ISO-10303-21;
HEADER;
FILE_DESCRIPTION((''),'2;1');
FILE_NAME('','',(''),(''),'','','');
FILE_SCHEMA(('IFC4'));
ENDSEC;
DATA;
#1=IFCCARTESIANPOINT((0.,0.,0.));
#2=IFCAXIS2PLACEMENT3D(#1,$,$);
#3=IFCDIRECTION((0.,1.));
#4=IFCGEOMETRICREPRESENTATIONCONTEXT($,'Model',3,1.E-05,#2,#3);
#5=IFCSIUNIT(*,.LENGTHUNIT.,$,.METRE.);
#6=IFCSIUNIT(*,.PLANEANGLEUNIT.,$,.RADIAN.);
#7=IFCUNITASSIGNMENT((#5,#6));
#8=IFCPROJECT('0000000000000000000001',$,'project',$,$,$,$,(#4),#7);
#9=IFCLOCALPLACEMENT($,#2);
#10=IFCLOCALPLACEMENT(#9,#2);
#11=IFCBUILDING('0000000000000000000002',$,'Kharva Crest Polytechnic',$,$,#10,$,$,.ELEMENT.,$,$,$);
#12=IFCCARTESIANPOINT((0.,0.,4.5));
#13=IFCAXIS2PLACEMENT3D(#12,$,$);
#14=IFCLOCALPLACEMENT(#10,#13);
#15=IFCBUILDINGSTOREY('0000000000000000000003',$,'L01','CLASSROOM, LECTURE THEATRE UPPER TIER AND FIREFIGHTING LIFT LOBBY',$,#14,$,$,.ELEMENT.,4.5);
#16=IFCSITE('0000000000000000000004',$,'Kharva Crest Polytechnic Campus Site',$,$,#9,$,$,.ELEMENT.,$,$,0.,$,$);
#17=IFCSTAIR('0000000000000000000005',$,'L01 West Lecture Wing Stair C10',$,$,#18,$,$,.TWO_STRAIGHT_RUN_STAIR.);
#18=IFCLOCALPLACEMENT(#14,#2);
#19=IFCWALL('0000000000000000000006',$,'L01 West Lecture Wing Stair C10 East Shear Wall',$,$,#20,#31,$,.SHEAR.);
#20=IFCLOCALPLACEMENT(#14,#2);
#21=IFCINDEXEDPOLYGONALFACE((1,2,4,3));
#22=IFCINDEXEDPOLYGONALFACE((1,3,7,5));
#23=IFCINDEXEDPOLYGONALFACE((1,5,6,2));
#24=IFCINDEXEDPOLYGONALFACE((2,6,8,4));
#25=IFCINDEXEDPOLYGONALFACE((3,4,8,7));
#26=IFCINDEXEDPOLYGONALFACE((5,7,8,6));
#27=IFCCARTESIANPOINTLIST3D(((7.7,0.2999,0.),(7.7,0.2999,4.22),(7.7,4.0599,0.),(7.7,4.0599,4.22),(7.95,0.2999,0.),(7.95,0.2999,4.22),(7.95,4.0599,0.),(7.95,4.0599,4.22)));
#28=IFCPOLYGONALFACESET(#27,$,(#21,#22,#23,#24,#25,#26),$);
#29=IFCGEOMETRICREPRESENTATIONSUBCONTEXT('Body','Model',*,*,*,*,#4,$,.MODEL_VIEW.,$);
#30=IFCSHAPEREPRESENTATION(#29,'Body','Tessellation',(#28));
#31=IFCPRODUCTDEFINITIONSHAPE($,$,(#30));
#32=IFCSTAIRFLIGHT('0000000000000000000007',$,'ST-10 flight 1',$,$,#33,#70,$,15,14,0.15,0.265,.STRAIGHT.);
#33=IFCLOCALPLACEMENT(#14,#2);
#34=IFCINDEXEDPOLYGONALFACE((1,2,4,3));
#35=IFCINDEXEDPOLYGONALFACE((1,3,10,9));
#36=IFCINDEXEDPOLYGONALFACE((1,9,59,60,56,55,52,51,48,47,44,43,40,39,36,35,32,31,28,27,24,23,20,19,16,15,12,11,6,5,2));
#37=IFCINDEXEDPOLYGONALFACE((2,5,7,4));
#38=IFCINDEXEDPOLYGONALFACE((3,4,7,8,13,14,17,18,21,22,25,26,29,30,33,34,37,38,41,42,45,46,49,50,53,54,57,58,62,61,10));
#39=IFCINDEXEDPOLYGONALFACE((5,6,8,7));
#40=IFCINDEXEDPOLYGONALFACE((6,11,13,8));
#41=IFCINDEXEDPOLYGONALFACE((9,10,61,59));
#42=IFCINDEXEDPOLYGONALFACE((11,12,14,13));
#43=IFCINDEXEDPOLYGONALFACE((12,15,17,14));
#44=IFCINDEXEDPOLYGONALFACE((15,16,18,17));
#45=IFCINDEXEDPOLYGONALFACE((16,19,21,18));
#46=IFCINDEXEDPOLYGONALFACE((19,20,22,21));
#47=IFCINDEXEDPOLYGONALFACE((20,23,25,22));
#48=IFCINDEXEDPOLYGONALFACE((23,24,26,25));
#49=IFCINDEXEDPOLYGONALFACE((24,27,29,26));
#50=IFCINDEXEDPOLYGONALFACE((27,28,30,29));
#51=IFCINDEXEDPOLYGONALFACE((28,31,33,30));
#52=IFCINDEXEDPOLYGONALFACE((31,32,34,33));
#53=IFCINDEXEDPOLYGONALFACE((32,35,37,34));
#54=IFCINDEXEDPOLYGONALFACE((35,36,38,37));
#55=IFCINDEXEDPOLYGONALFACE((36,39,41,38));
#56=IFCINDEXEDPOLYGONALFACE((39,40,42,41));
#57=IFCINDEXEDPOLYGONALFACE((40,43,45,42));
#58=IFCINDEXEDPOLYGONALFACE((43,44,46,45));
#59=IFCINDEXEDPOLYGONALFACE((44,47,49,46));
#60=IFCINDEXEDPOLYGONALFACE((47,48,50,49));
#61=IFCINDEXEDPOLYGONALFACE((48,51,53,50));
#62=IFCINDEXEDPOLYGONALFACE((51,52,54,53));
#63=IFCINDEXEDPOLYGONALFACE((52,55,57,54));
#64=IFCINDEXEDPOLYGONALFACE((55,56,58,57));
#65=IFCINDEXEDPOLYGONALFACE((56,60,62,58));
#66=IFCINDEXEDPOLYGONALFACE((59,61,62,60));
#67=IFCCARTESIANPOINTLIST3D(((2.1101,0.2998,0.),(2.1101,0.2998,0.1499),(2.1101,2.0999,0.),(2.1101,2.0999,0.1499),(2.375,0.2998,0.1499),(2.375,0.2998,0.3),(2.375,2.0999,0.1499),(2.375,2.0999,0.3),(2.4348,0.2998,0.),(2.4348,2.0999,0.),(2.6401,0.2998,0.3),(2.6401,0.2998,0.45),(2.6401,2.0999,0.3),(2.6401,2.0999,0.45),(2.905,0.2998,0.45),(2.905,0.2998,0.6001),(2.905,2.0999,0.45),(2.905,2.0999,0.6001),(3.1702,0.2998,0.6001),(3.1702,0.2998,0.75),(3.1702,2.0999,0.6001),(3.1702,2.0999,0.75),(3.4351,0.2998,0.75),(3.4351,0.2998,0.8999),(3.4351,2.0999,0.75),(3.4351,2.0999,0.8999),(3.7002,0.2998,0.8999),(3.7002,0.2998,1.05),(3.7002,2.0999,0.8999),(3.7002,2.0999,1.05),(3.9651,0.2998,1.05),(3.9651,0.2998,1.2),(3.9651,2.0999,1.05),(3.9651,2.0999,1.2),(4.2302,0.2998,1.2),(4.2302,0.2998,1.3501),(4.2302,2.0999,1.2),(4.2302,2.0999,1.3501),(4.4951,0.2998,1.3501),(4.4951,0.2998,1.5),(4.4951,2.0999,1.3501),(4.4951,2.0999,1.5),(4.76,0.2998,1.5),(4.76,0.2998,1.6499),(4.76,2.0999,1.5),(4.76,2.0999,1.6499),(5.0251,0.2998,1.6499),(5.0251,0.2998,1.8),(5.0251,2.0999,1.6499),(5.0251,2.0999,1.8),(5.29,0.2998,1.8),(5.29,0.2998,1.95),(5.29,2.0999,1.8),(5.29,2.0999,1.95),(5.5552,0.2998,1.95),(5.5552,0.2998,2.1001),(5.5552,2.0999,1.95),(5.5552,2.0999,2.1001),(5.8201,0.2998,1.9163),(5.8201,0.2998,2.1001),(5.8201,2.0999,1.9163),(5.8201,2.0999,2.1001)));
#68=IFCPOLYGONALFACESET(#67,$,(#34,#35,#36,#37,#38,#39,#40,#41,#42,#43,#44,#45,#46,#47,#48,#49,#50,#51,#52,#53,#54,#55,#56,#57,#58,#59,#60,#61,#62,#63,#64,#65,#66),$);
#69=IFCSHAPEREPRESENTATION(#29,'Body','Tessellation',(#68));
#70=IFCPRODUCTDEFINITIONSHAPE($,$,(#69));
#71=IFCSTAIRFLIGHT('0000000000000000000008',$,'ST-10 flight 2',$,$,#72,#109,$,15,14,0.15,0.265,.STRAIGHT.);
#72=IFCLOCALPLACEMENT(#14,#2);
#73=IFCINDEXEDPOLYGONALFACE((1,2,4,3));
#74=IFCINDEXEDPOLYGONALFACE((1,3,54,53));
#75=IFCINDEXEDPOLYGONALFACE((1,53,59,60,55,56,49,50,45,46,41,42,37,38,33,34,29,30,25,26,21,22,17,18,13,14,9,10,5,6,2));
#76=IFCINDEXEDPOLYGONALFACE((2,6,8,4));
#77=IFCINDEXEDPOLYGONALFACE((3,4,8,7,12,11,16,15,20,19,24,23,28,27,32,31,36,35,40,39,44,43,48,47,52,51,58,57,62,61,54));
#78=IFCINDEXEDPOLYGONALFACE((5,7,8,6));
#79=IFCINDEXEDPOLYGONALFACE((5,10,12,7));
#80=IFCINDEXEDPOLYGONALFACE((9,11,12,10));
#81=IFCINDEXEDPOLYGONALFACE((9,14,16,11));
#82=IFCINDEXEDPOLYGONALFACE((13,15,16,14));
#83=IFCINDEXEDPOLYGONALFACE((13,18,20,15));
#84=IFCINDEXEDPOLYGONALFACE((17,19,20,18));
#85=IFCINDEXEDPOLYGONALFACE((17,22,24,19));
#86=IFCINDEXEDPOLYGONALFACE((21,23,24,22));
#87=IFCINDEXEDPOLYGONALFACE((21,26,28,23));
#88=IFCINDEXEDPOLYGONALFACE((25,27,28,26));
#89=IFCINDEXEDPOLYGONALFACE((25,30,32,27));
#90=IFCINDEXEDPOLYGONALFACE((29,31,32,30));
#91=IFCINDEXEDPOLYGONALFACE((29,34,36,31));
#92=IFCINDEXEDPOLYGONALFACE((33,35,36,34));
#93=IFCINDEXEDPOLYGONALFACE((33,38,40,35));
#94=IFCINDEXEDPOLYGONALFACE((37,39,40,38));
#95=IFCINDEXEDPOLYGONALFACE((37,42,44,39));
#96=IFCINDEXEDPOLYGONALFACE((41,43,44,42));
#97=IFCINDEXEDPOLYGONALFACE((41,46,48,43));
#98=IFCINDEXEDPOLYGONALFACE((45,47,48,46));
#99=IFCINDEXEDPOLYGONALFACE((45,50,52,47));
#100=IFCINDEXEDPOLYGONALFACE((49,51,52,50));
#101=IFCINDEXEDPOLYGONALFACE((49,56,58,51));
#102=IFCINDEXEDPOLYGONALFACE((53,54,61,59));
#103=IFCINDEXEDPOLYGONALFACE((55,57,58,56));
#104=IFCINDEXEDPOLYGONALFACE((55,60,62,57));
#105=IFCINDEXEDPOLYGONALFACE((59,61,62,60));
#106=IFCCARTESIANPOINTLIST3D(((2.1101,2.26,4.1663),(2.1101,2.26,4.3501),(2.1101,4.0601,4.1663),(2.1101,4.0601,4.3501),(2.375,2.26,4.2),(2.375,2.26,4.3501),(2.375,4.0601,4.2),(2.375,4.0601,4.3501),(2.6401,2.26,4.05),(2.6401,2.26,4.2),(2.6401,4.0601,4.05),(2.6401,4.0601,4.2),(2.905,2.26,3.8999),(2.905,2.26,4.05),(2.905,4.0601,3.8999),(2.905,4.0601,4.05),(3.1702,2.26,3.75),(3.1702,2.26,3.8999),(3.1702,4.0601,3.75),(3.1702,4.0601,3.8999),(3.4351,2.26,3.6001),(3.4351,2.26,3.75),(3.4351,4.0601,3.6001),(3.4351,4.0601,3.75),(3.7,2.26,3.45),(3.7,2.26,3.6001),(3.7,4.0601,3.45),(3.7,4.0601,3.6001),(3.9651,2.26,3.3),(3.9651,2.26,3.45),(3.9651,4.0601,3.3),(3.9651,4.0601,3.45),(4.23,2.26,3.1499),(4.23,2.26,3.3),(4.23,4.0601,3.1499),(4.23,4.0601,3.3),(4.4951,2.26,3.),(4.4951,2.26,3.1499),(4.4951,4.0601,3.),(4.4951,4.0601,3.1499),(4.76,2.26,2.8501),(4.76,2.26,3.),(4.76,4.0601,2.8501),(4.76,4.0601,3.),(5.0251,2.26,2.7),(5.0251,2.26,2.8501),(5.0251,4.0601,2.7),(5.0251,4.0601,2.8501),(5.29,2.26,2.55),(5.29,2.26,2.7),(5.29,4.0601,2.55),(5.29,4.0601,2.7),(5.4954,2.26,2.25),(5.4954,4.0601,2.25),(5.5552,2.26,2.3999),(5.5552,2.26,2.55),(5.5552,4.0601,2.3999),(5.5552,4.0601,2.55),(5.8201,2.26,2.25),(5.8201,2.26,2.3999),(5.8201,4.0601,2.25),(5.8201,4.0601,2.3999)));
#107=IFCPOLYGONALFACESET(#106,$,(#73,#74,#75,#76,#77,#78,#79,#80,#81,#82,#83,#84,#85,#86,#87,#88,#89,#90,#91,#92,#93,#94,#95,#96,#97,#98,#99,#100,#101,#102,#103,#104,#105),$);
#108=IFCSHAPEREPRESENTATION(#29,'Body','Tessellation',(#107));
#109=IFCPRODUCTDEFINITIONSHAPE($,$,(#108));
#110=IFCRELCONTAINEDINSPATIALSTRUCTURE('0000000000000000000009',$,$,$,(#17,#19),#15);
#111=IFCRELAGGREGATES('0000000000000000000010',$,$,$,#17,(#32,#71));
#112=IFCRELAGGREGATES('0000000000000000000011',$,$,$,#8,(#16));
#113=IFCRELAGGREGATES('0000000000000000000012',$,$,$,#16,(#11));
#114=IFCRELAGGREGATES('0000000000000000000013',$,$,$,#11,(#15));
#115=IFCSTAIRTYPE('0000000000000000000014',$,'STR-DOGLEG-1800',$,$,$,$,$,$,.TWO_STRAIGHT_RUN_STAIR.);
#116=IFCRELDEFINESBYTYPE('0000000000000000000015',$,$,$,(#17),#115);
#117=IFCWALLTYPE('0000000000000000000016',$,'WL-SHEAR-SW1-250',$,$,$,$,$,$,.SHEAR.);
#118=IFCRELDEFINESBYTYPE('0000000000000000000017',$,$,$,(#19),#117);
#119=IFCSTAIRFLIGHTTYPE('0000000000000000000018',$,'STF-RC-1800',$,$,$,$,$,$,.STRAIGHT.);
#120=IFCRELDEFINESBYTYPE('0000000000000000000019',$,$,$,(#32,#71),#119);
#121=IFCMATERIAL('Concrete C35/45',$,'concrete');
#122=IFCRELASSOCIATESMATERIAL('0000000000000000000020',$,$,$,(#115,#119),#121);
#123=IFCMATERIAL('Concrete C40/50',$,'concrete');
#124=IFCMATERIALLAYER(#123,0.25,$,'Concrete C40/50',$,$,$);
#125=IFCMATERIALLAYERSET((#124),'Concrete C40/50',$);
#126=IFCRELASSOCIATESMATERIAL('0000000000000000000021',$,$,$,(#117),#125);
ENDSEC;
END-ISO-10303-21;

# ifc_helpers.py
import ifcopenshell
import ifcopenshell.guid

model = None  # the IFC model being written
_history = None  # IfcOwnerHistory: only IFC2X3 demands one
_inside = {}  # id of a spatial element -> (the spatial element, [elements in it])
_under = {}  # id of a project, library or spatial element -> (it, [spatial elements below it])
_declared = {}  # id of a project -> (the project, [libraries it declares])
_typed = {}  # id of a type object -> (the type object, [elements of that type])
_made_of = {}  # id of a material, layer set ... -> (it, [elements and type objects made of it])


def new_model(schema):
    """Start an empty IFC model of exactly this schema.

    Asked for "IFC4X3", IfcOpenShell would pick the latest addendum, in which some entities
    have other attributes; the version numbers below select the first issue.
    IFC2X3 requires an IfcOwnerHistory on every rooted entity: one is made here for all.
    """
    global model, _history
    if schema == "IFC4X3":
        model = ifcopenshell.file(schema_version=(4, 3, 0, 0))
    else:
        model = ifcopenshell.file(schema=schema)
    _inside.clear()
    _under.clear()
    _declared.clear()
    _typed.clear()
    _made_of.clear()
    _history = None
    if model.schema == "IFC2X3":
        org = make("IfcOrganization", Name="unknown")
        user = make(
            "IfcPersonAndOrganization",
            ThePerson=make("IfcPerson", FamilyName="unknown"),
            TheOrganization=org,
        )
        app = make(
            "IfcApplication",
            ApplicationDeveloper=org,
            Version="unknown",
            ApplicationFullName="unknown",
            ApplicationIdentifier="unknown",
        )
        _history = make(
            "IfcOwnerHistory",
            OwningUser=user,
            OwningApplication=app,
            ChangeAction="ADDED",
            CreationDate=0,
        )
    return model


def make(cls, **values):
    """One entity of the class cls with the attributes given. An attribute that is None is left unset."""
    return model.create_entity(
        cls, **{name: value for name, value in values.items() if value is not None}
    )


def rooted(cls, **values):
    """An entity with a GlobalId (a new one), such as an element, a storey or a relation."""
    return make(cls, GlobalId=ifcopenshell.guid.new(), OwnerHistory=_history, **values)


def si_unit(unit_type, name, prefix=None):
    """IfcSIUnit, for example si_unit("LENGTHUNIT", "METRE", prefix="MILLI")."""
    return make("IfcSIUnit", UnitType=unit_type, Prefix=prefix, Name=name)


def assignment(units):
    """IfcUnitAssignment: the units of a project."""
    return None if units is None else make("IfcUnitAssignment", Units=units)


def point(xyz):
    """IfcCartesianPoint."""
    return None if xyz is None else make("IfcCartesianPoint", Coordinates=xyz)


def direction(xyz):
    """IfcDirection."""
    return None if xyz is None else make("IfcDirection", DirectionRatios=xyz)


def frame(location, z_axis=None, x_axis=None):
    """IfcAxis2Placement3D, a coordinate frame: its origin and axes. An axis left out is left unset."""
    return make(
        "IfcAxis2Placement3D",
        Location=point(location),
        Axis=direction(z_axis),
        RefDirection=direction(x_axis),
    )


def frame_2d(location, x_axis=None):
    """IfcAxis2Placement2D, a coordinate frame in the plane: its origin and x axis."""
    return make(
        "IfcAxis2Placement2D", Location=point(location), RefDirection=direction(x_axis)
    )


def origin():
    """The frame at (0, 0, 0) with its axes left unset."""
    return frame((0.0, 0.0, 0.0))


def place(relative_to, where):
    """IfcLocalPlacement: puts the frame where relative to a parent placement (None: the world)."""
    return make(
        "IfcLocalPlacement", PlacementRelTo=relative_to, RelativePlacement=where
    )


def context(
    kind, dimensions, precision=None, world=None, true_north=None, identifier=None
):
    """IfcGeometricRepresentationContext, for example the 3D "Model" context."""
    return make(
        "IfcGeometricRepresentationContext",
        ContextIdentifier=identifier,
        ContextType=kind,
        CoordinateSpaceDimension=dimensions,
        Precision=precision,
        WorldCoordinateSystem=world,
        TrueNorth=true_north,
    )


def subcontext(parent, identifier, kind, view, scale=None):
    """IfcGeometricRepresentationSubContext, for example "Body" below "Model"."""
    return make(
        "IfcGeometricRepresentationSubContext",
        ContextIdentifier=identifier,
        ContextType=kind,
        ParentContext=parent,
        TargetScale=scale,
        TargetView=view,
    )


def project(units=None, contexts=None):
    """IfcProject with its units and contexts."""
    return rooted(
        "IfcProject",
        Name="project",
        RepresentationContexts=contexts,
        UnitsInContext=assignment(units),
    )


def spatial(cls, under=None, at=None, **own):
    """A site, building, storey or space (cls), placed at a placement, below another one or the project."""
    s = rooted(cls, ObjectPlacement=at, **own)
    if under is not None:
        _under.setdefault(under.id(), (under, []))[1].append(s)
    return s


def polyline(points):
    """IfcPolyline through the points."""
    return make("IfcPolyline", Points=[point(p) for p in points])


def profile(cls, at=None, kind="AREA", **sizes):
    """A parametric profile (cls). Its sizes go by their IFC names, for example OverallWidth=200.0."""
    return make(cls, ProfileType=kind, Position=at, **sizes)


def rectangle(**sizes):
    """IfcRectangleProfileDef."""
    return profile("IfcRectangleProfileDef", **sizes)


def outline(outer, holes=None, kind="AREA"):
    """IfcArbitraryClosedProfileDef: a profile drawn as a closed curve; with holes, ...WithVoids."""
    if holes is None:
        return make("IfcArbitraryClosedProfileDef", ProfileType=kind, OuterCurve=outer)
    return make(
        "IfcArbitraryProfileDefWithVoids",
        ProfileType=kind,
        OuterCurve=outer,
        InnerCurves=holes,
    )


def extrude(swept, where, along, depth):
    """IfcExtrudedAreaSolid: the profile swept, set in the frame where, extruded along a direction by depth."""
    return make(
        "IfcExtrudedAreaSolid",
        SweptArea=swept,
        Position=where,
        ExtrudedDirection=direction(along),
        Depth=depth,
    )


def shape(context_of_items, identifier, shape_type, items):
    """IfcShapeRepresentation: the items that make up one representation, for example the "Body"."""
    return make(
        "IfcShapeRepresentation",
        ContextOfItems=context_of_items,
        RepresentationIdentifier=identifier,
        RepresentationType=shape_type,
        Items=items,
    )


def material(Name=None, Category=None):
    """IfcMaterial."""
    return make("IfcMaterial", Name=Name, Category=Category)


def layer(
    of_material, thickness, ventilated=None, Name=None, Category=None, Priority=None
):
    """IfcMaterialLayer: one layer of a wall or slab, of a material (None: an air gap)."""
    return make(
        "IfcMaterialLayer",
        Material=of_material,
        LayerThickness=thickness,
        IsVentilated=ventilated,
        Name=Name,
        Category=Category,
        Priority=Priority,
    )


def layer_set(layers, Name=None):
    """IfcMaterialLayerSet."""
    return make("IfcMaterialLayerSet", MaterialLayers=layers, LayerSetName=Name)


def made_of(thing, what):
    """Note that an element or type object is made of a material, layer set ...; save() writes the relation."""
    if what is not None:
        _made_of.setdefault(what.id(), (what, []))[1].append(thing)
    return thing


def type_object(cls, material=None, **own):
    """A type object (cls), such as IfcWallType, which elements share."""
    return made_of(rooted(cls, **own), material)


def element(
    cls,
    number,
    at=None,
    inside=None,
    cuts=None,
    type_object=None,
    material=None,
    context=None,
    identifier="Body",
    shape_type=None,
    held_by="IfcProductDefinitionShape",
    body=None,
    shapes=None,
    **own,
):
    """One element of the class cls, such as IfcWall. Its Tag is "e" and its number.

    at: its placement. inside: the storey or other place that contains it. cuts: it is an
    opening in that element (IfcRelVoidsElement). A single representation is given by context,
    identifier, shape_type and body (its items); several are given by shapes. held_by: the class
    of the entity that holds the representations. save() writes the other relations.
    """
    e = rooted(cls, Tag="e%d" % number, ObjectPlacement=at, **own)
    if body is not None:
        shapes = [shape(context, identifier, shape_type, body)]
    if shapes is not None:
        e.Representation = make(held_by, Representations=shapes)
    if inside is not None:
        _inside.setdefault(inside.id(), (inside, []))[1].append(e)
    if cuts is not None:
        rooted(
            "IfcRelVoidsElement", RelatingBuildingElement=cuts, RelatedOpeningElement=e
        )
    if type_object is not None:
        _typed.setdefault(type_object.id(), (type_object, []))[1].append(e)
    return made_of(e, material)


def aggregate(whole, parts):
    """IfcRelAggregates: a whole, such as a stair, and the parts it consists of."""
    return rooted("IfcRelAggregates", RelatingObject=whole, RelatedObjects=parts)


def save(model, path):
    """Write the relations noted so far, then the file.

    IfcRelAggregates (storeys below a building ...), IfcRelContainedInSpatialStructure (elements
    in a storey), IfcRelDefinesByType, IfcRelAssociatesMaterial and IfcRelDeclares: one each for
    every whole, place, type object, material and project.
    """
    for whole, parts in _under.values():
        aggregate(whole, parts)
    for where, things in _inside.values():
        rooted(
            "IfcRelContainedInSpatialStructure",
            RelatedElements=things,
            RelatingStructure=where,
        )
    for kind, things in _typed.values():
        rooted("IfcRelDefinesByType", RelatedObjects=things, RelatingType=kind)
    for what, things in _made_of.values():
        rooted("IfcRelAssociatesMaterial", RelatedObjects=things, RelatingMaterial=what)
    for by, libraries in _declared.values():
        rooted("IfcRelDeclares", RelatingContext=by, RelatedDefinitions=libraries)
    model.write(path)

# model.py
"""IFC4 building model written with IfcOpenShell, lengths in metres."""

from ifc_helpers import new_model, si_unit, direction, frame, frame_2d, origin, place, context, subcontext, project, spatial, polyline, rectangle, outline, extrude, material, layer, layer_set, type_object, element, aggregate, save


model = new_model("IFC4")

# Units and contexts
model_context = context("Model", 3, precision=1e-05, world=origin(), true_north=direction((0.0, 1.0)))
body_context = subcontext(model_context, "Body", "Model", "MODEL_VIEW")
ifc_project = project(units=[si_unit("LENGTHUNIT", "METRE"), si_unit("PLANEANGLEUNIT", "RADIAN")], contexts=[model_context])

# Site, building, storey
site_placement = place(None, origin())
site = spatial("IfcSite", under=ifc_project, at=site_placement, Name="Kharva Crest Polytechnic Campus Site", CompositionType="ELEMENT", RefElevation=0.0)
building_placement = place(site_placement, origin())
building = spatial("IfcBuilding", under=site, at=building_placement, Name="Kharva Crest Polytechnic", CompositionType="ELEMENT")
storey_placement = place(building_placement, frame((0.0, 0.0, 4.5)))
storey = spatial("IfcBuildingStorey", under=building, at=storey_placement, Name="L01", Description="CLASSROOM, LECTURE THEATRE UPPER TIER AND FIREFIGHTING LIFT LOBBY", CompositionType="ELEMENT", Elevation=4.5)

# Shared definitions
ifc_material_1 = material(Name="Concrete C40/50", Category="concrete")

# Shared definitions
ifc_material_2 = material(Name="Concrete C35/45", Category="concrete")

# Stair
stair_type_1 = type_object("IfcStairType", Name="STR-DOGLEG-1800", PredefinedType="TWO_STRAIGHT_RUN_STAIR", material=ifc_material_2)
stair_1_placement = place(storey_placement, origin())
stair_1 = element("IfcStair", 1, at=stair_1_placement, inside=storey, type_object=stair_type_1, Name="L01 West Lecture Wing Stair C10", PredefinedType="TWO_STRAIGHT_RUN_STAIR")

# Wall
ifc_layer_1 = layer(ifc_material_1, 0.25, Name="Concrete C40/50")
ifc_layer_set_1 = layer_set([ifc_layer_1], Name="Concrete C40/50")
wall_type_1 = type_object("IfcWallType", Name="WL-SHEAR-SW1-250", PredefinedType="SHEAR", material=ifc_layer_set_1)
wall_1_placement = place(storey_placement, frame((7.825, 0.3, 0.0), z_axis=(0.0, 0.0, 1.0), x_axis=(0.0, 1.0, 0.0)))
element("IfcWall", 2, at=wall_1_placement, inside=storey, type_object=wall_type_1, Name="L01 West Lecture Wing Stair C10 East Shear Wall", PredefinedType="SHEAR", context=body_context, shape_type="SweptSolid", body=[
    extrude(rectangle(XDim=3.76, YDim=0.25, at=frame_2d((1.8799, 0.0))), origin(), (0.0, 0.0, 1.0), 4.22),
])

# Stair flights
stair_flight_type = type_object("IfcStairFlightType", Name="STF-RC-1800", PredefinedType="STRAIGHT", material=ifc_material_2)
stair_flight_1_placement = place(storey_placement, frame((2.1101, 1.2, 0.0), z_axis=(0.0, 0.0, 1.0), x_axis=(1.0, 0.0, 0.0)))
stair_flight_1 = element("IfcStairFlight", 3, at=stair_flight_1_placement, type_object=stair_flight_type, Name="ST-10 flight 1", NumberOfRisers=15, NumberOfTreads=14, PredefinedType="STRAIGHT", RiserHeight=0.15, TreadLength=0.265, context=body_context, shape_type="SweptSolid", body=[
    extrude(outline(polyline([(0.0, 0.0), (0.0, 0.1499), (0.2649, 0.1499), (0.2649, 0.3), (0.53, 0.3), (0.53, 0.45), (0.7949, 0.45), (0.7949, 0.6001), (1.0601, 0.6001), (1.0601, 0.75), (1.325, 0.75), (1.325, 0.8999), (1.5901, 0.8999), (1.5901, 1.05), (1.855, 1.05), (1.855, 1.2), (2.1201, 1.2), (2.1201, 1.3501), (2.385, 1.3501), (2.385, 1.5), (2.6499, 1.5), (2.6499, 1.6499), (2.915, 1.6499), (2.915, 1.8), (3.1799, 1.8), (3.1799, 1.95), (3.4451, 1.95), (3.4451, 2.1001), (3.71, 2.1001), (3.71, 2.25), (3.71, 1.9163), (0.3247, 0.0), (0.0, 0.0)])), frame((0.0, 0.8999, 0.0), z_axis=(0.0, -1.0, 0.0), x_axis=(1.0, 0.0, 0.0)), (0.0, 0.0, 1.0), 1.8),
])
stair_flight_2_placement = place(storey_placement, frame((5.8201, 3.1599, 2.25), z_axis=(0.0, 0.0, 1.0), x_axis=(-1.0, 0.0, 0.0)))
stair_flight_2 = element("IfcStairFlight", 4, at=stair_flight_2_placement, type_object=stair_flight_type, Name="ST-10 flight 2", NumberOfRisers=15, NumberOfTreads=14, PredefinedType="STRAIGHT", RiserHeight=0.15, TreadLength=0.265, context=body_context, shape_type="SweptSolid", body=[
    extrude(outline(polyline([(0.0, 0.0), (0.0, 0.1499), (0.2649, 0.1499), (0.2649, 0.3), (0.53, 0.3), (0.53, 0.45), (0.7949, 0.45), (0.7949, 0.6001), (1.0601, 0.6001), (1.0601, 0.75), (1.325, 0.75), (1.325, 0.8999), (1.5901, 0.8999), (1.5901, 1.05), (1.855, 1.05), (1.855, 1.2), (2.1201, 1.2), (2.1201, 1.3501), (2.385, 1.3501), (2.385, 1.5), (2.6499, 1.5), (2.6499, 1.6499), (2.915, 1.6499), (2.915, 1.8), (3.1799, 1.8), (3.1799, 1.95), (3.4451, 1.95), (3.4451, 2.1001), (3.71, 2.1001), (3.71, 2.25), (3.71, 1.9163), (0.3247, 0.0), (0.0, 0.0)])), frame((0.0, 0.8999, 0.0), z_axis=(0.0, -1.0, 0.0), x_axis=(1.0, 0.0, 0.0)), (0.0, 0.0, 1.0), 1.8),
])
aggregate(stair_1, [stair_flight_1, stair_flight_2])

save(model, "model.ifc")
